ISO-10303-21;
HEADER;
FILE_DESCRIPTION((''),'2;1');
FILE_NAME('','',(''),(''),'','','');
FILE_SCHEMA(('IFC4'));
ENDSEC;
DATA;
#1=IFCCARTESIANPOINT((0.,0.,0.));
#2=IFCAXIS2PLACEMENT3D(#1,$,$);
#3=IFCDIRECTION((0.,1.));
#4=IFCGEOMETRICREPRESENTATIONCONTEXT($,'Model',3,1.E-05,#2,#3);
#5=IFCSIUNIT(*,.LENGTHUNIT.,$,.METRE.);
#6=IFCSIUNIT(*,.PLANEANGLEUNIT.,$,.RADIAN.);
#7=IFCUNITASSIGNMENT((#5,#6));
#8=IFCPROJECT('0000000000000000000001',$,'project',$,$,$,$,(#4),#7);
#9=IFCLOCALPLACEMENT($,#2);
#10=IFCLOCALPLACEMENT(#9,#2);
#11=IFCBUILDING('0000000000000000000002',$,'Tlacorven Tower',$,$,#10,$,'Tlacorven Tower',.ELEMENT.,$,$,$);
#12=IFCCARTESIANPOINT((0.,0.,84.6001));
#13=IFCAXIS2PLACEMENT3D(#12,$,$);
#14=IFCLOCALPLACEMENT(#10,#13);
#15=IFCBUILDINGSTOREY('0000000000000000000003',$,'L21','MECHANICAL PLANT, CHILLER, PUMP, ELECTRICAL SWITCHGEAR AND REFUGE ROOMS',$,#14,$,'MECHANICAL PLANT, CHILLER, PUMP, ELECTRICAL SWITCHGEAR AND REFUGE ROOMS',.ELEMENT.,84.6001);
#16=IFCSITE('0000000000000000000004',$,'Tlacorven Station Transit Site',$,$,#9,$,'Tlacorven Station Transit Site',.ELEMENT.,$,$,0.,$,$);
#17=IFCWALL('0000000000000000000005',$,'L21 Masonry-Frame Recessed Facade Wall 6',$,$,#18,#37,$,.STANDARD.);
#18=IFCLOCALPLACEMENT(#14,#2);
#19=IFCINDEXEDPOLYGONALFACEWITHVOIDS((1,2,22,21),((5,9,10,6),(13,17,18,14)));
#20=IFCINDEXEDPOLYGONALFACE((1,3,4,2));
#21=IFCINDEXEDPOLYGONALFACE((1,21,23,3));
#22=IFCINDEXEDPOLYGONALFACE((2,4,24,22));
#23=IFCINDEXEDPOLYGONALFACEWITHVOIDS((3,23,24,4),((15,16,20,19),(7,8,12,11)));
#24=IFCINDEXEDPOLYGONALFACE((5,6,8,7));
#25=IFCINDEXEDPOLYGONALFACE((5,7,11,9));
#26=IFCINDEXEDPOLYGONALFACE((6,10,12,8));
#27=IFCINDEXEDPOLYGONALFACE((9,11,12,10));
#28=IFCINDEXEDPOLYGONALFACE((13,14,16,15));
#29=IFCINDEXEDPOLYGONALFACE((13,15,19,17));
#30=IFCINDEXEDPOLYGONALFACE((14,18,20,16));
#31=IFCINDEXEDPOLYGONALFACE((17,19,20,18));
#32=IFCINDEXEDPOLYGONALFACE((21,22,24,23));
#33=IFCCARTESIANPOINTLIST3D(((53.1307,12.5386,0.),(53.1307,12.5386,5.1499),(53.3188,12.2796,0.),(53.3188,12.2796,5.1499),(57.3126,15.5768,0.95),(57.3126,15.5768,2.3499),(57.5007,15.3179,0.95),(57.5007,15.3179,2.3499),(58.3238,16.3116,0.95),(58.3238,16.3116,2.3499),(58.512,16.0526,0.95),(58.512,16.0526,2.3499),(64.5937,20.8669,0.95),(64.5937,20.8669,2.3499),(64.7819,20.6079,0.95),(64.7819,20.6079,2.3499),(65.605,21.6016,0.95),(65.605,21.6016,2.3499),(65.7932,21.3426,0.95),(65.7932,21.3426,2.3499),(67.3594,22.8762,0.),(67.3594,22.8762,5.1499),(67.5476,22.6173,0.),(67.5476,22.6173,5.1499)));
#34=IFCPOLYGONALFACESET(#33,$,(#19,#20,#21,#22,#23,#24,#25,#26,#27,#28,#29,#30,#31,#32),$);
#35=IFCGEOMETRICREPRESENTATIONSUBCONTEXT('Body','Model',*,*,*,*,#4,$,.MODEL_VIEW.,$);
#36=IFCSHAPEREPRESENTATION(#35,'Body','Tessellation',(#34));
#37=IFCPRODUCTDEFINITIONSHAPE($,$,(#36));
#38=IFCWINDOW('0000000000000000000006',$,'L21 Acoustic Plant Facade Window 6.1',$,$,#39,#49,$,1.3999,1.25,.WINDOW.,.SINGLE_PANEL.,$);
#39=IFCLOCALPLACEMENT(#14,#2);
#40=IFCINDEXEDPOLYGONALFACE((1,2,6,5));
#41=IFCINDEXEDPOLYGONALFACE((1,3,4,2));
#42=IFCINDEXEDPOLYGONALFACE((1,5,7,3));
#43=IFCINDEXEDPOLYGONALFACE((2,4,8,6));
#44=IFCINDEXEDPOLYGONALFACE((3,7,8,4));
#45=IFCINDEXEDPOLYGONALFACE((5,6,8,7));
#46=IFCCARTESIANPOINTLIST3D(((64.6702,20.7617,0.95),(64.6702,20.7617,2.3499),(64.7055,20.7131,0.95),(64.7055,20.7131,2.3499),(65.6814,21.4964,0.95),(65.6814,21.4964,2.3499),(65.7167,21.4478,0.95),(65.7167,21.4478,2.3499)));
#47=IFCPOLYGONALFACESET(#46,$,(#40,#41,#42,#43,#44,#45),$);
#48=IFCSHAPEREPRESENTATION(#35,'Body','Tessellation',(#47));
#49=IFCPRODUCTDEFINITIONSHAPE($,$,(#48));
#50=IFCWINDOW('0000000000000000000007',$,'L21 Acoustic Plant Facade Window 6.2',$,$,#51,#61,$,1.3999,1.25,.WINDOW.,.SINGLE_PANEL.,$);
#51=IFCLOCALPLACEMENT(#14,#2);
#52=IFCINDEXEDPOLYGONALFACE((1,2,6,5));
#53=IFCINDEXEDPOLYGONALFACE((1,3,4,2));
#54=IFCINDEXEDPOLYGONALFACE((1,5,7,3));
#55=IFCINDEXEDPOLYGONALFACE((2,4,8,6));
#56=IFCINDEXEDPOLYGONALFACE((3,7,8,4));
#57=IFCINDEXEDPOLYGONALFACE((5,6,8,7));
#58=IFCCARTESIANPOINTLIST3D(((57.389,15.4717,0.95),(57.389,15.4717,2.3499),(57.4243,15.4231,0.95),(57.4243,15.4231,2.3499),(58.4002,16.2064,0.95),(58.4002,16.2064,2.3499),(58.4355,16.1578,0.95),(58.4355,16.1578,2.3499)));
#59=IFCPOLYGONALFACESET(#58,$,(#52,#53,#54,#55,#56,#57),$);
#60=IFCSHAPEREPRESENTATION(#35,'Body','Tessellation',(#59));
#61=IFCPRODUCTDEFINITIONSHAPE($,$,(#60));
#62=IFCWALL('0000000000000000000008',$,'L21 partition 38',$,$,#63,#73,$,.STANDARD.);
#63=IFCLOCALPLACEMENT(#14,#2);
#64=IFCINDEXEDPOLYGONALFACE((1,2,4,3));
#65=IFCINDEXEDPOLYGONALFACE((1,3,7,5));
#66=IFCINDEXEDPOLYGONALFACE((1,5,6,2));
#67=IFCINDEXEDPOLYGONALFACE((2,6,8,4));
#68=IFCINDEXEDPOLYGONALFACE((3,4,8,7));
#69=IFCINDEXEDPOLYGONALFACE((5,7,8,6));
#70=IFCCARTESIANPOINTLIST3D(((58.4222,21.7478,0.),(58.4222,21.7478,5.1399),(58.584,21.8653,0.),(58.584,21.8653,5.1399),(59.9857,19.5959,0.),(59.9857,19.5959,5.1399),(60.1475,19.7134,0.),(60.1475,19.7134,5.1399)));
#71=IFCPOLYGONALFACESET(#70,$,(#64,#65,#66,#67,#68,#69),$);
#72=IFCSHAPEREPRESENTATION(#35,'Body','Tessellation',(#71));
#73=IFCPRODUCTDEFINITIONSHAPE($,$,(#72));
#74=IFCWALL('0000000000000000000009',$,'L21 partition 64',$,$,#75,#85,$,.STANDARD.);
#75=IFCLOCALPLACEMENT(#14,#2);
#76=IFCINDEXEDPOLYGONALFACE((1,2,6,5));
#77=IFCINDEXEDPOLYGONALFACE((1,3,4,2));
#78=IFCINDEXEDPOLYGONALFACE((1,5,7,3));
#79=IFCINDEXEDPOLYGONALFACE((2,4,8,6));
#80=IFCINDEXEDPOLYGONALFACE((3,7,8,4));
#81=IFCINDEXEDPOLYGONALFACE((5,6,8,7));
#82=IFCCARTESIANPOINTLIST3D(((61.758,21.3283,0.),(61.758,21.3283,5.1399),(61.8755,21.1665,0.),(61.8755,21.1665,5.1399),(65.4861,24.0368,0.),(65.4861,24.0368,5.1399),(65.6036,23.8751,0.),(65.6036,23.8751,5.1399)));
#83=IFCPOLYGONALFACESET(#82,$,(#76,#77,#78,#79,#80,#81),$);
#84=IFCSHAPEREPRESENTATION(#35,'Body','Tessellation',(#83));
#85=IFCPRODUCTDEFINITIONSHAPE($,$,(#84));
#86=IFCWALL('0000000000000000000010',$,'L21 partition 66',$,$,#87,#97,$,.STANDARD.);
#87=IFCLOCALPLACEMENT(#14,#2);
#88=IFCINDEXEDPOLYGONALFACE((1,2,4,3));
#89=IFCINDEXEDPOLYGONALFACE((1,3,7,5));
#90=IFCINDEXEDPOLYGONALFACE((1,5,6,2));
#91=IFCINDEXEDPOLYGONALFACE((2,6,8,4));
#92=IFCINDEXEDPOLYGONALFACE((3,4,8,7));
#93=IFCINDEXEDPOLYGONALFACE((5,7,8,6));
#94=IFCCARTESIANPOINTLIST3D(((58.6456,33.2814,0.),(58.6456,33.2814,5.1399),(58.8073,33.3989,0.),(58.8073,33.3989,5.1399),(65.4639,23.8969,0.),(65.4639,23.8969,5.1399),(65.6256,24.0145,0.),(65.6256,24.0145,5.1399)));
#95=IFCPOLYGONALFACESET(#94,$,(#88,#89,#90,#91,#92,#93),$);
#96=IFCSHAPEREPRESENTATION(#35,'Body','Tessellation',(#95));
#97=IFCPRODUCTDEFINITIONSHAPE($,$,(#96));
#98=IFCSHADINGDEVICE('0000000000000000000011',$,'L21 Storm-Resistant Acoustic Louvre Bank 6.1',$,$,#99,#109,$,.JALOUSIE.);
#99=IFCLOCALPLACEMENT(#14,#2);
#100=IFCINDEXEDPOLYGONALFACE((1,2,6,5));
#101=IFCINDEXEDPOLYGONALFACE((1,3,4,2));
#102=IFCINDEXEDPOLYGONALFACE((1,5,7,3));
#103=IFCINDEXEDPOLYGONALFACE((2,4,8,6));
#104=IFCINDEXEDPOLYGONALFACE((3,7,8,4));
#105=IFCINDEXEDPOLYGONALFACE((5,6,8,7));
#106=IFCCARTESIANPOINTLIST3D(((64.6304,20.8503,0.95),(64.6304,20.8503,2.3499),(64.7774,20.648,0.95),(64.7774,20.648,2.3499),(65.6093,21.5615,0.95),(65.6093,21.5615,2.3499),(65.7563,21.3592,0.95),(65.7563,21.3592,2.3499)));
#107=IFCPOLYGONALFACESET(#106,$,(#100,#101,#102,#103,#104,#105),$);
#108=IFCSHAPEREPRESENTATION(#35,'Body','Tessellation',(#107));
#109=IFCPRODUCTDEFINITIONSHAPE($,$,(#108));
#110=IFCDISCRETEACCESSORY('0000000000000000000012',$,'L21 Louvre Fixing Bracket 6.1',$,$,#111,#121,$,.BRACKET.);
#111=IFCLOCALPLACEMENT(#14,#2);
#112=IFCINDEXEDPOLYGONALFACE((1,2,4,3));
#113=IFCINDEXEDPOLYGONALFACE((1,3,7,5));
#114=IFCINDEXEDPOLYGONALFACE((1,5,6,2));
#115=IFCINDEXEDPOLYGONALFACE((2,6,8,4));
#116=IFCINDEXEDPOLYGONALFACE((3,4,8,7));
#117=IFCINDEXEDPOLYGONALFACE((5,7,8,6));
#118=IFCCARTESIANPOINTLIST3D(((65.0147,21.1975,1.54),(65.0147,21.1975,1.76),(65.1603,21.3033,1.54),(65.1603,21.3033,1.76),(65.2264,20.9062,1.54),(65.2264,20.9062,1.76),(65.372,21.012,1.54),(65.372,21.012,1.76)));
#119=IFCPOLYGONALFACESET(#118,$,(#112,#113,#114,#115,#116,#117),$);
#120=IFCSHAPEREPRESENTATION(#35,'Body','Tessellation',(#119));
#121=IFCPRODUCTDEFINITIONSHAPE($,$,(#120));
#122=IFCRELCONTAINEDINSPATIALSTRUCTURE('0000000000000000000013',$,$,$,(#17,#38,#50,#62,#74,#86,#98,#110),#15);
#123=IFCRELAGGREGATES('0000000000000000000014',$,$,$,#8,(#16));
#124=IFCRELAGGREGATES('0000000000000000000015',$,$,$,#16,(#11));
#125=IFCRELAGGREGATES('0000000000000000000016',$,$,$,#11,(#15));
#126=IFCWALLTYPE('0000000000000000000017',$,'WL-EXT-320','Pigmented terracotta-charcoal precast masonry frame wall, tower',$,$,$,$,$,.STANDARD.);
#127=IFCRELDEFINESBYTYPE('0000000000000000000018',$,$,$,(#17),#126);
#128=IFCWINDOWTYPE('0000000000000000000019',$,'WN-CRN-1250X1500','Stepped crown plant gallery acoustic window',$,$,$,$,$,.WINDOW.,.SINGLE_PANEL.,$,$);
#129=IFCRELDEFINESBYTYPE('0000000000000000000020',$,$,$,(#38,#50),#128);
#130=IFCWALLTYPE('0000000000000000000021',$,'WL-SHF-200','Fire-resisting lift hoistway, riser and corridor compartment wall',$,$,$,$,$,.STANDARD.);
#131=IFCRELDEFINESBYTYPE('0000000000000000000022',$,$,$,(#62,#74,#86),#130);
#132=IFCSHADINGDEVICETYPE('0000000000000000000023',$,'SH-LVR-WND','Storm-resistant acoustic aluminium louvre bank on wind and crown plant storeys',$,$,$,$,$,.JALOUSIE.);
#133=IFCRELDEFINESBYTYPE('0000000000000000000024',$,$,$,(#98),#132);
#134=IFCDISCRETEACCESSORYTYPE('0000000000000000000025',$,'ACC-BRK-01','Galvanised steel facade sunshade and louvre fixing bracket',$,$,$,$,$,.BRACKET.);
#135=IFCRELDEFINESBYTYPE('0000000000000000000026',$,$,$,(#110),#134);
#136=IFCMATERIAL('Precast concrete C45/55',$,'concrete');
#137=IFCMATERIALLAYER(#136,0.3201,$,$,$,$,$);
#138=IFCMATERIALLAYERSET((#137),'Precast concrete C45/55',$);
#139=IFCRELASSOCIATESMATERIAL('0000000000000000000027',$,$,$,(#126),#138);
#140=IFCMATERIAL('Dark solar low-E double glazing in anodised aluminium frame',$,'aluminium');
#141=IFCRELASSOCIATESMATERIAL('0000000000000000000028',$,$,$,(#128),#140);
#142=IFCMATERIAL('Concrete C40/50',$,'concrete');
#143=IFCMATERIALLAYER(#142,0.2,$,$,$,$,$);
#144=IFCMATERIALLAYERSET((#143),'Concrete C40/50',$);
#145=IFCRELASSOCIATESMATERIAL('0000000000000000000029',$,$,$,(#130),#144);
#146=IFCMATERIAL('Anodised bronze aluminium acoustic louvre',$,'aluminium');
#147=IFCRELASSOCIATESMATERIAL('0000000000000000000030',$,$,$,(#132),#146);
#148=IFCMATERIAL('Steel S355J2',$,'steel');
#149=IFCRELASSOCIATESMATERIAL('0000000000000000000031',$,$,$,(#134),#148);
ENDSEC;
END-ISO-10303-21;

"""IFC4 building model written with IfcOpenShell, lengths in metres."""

from ifc_helpers import new_model, si_unit, direction, frame, frame_2d, origin, origin_2d, place, context, subcontext, project, spatial, rectangle, extrude, source, transform, mapped, material, layer, layer_set, type_object, element, fill, save


model = new_model("IFC4")

# Units and contexts
model_context = context("Model", 3, precision=1e-05, world=origin(), true_north=direction((0.0, 1.0)))
body_context = subcontext(model_context, "Body", "Model", "MODEL_VIEW")
ifc_project = project(units=[si_unit("LENGTHUNIT", "METRE"), si_unit("PLANEANGLEUNIT", "RADIAN")], contexts=[model_context])

# Site, building, storey
site_placement = place(None, origin())
site = spatial("IfcSite", under=ifc_project, at=site_placement, Name="Tlacorven Station Transit Site", LongName="Tlacorven Station Transit Site", CompositionType="ELEMENT", RefElevation=0.0)
building_placement = place(site_placement, origin())
building = spatial("IfcBuilding", under=site, at=building_placement, Name="Tlacorven Tower", LongName="Tlacorven Tower", CompositionType="ELEMENT")
storey_placement = place(building_placement, frame((0.0, 0.0, 84.6001)))
storey = spatial("IfcBuildingStorey", under=building, at=storey_placement, Name="L21", Description="MECHANICAL PLANT, CHILLER, PUMP, ELECTRICAL SWITCHGEAR AND REFUGE ROOMS", LongName="MECHANICAL PLANT, CHILLER, PUMP, ELECTRICAL SWITCHGEAR AND REFUGE ROOMS", CompositionType="ELEMENT", Elevation=84.6001)

# Shared definitions
ifc_material_1 = material(Name="Steel S355J2", Category="steel")

# Wall, openings, windows
ifc_material_2 = material(Name="Precast concrete C45/55", Category="concrete")
ifc_layer_1 = layer(ifc_material_2, 0.3201)
ifc_layer_set_1 = layer_set([ifc_layer_1], Name="Precast concrete C45/55")
wall_type_1 = type_object("IfcWallType", Name="WL-EXT-320", Description="Pigmented terracotta-charcoal precast masonry frame wall, tower", PredefinedType="STANDARD", material=ifc_layer_set_1)
wall_1_placement = place(storey_placement, frame((67.4536, 22.7468, 0.0), z_axis=(0.0, 0.0, 1.0), x_axis=(-0.809021, -0.58778, 0.0)))
wall_1 = element("IfcWall", 1, at=wall_1_placement, inside=storey, type_object=wall_type_1, Name="L21 Masonry-Frame Recessed Facade Wall 6", PredefinedType="STANDARD", context=body_context, shape_type="SweptSolid", body=[
    extrude(rectangle(XDim=17.5876, YDim=0.3201, at=frame_2d((8.7939, 0.0))), origin(), (0.0, 0.0, 1.0), 5.1499),
])
opening_1_placement = place(wall_1_placement, frame((2.1687, 0.0, 0.95)))
opening_1 = element("IfcOpeningElement", 2, at=opening_1_placement, cuts=wall_1, PredefinedType="OPENING", context=body_context, shape_type="SweptSolid", body=[
    extrude(rectangle(XDim=1.25, YDim=1.3999, at=frame_2d((0.625, 0.7))), frame((0.0, 0.1699, 0.0), z_axis=(0.0, -1.0, 0.0), x_axis=(1.0, 0.0, 0.0)), (0.0, 0.0, 1.0), 0.3401),
])
opening_2_placement = place(wall_1_placement, frame((11.1687, 0.0, 0.95)))
opening_2 = element("IfcOpeningElement", 3, at=opening_2_placement, cuts=wall_1, PredefinedType="OPENING", context=body_context, shape_type="SweptSolid", body=[
    extrude(rectangle(XDim=1.25, YDim=1.3999, at=frame_2d((0.625, 0.7))), frame((0.0, 0.1699, 0.0), z_axis=(0.0, -1.0, 0.0), x_axis=(1.0, 0.0, 0.0)), (0.0, 0.0, 1.0), 0.3401),
])
ifc_material_3 = material(Name="Dark solar low-E double glazing in anodised aluminium frame", Category="aluminium")
window_type = type_object("IfcWindowType", Name="WN-CRN-1250X1500", Description="Stepped crown plant gallery acoustic window", PartitioningType="SINGLE_PANEL", PredefinedType="WINDOW", material=ifc_material_3)
shared_shape_1 = source(origin(), body_context, "Body", "SweptSolid", [
    extrude(rectangle(XDim=1.25, YDim=1.3999, at=frame_2d((0.625, 0.7))), frame((0.0, 0.03, 0.0), z_axis=(0.0, -1.0, 0.0), x_axis=(1.0, 0.0, 0.0)), (0.0, 0.0, 1.0), 0.0601),
])
window_1_placement = place(opening_1_placement, origin())
window_1 = element("IfcWindow", 4, at=window_1_placement, inside=storey, type_object=window_type, Name="L21 Acoustic Plant Facade Window 6.1", OverallHeight=1.3999, OverallWidth=1.25, PartitioningType="SINGLE_PANEL", PredefinedType="WINDOW", context=body_context, shape_type="MappedRepresentation", body=[
    mapped(shared_shape_1, transform((0.0, 0.0, 0.0), scale=1.0)),
])
fill(opening_1, window_1)
window_2_placement = place(opening_2_placement, origin())
window_2 = element("IfcWindow", 5, at=window_2_placement, inside=storey, type_object=window_type, Name="L21 Acoustic Plant Facade Window 6.2", OverallHeight=1.3999, OverallWidth=1.25, PartitioningType="SINGLE_PANEL", PredefinedType="WINDOW", context=body_context, shape_type="MappedRepresentation", body=[
    mapped(shared_shape_1, transform((0.0, 0.0, 0.0), scale=1.0)),
])
fill(opening_2, window_2)

# Walls
ifc_material_4 = material(Name="Concrete C40/50", Category="concrete")
ifc_layer_2 = layer(ifc_material_4, 0.2)
ifc_layer_set_2 = layer_set([ifc_layer_2], Name="Concrete C40/50")
wall_type_2 = type_object("IfcWallType", Name="WL-SHF-200", Description="Fire-resisting lift hoistway, riser and corridor compartment wall", PredefinedType="STANDARD", material=ifc_layer_set_2)
wall_2_placement = place(storey_placement, frame((60.0667, 19.6545, 0.0), z_axis=(0.0, 0.0, 1.0), x_axis=(-0.587801, 0.809006, 0.0)))
element("IfcWall", 6, at=wall_2_placement, inside=storey, type_object=wall_type_2, Name="L21 partition 38", PredefinedType="STANDARD", context=body_context, shape_type="SweptSolid", body=[
    extrude(rectangle(XDim=2.6599, YDim=0.2, at=frame_2d((1.3301, 0.0))), origin(), (0.0, 0.0, 1.0), 5.1399),
])
wall_3_placement = place(storey_placement, frame((61.8167, 21.2473, 0.0), z_axis=(0.0, 0.0, 1.0), x_axis=(0.809025, 0.587775, 0.0)))
element("IfcWall", 7, at=wall_3_placement, inside=storey, type_object=wall_type_2, Name="L21 partition 64", PredefinedType="STANDARD", context=body_context, shape_type="SweptSolid", body=[
    extrude(rectangle(XDim=4.6082, YDim=0.2, at=frame_2d((2.3042, 0.0))), origin(), (0.0, 0.0, 1.0), 5.1399),
])
wall_4_placement = place(storey_placement, frame((65.5447, 23.9558, 0.0), z_axis=(0.0, 0.0, 1.0), x_axis=(-0.587791, 0.809013, 0.0)))
element("IfcWall", 8, at=wall_4_placement, inside=storey, type_object=wall_type_2, Name="L21 partition 66", PredefinedType="STANDARD", context=body_context, shape_type="SweptSolid", body=[
    extrude(rectangle(XDim=11.5999, YDim=0.2, at=frame_2d((5.7998, 0.0))), origin(), (0.0, 0.0, 1.0), 5.1399),
])

# Shading device
ifc_material_5 = material(Name="Anodised bronze aluminium acoustic louvre", Category="aluminium")
shading_device_type = type_object("IfcShadingDeviceType", Name="SH-LVR-WND", Description="Storm-resistant acoustic aluminium louvre bank on wind and crown plant storeys", PredefinedType="JALOUSIE", material=ifc_material_5)
shared_shape_2 = source(origin(), body_context, "Body", "SweptSolid", [
    extrude(rectangle(XDim=1.21, YDim=0.25, at=origin_2d()), origin(), (0.0, 0.0, 1.0), 1.3999),
])
shading_device_placement = place(storey_placement, frame((65.1934, 21.1047, 0.95), z_axis=(0.0, 0.0, 1.0), x_axis=(-0.809017, -0.587785, 0.0)))
element("IfcShadingDevice", 9, at=shading_device_placement, inside=storey, type_object=shading_device_type, Name="L21 Storm-Resistant Acoustic Louvre Bank 6.1", PredefinedType="JALOUSIE", context=body_context, shape_type="MappedRepresentation", body=[
    mapped(shared_shape_2, transform((0.0, 0.0, 0.0), scale=1.0)),
])

# Discrete accessory
discrete_accessory_type = type_object("IfcDiscreteAccessoryType", Name="ACC-BRK-01", Description="Galvanised steel facade sunshade and louvre fixing bracket", PredefinedType="BRACKET", material=ifc_material_1)
shared_shape_3 = source(origin(), body_context, "Body", "SweptSolid", [
    extrude(rectangle(XDim=0.1799, YDim=0.3601, at=origin_2d()), origin(), (0.0, 0.0, 1.0), 0.22),
])
discrete_accessory_placement = place(storey_placement, frame((65.1934, 21.1047, 1.54), z_axis=(0.0, 0.0, 1.0), x_axis=(-0.809017, -0.587785, 0.0)))
element("IfcDiscreteAccessory", 10, at=discrete_accessory_placement, inside=storey, type_object=discrete_accessory_type, Name="L21 Louvre Fixing Bracket 6.1", PredefinedType="BRACKET", context=body_context, shape_type="MappedRepresentation", body=[
    mapped(shared_shape_3, transform((0.0, 0.0, 0.0), scale=1.0)),
])

save(model, "model.ifc")
